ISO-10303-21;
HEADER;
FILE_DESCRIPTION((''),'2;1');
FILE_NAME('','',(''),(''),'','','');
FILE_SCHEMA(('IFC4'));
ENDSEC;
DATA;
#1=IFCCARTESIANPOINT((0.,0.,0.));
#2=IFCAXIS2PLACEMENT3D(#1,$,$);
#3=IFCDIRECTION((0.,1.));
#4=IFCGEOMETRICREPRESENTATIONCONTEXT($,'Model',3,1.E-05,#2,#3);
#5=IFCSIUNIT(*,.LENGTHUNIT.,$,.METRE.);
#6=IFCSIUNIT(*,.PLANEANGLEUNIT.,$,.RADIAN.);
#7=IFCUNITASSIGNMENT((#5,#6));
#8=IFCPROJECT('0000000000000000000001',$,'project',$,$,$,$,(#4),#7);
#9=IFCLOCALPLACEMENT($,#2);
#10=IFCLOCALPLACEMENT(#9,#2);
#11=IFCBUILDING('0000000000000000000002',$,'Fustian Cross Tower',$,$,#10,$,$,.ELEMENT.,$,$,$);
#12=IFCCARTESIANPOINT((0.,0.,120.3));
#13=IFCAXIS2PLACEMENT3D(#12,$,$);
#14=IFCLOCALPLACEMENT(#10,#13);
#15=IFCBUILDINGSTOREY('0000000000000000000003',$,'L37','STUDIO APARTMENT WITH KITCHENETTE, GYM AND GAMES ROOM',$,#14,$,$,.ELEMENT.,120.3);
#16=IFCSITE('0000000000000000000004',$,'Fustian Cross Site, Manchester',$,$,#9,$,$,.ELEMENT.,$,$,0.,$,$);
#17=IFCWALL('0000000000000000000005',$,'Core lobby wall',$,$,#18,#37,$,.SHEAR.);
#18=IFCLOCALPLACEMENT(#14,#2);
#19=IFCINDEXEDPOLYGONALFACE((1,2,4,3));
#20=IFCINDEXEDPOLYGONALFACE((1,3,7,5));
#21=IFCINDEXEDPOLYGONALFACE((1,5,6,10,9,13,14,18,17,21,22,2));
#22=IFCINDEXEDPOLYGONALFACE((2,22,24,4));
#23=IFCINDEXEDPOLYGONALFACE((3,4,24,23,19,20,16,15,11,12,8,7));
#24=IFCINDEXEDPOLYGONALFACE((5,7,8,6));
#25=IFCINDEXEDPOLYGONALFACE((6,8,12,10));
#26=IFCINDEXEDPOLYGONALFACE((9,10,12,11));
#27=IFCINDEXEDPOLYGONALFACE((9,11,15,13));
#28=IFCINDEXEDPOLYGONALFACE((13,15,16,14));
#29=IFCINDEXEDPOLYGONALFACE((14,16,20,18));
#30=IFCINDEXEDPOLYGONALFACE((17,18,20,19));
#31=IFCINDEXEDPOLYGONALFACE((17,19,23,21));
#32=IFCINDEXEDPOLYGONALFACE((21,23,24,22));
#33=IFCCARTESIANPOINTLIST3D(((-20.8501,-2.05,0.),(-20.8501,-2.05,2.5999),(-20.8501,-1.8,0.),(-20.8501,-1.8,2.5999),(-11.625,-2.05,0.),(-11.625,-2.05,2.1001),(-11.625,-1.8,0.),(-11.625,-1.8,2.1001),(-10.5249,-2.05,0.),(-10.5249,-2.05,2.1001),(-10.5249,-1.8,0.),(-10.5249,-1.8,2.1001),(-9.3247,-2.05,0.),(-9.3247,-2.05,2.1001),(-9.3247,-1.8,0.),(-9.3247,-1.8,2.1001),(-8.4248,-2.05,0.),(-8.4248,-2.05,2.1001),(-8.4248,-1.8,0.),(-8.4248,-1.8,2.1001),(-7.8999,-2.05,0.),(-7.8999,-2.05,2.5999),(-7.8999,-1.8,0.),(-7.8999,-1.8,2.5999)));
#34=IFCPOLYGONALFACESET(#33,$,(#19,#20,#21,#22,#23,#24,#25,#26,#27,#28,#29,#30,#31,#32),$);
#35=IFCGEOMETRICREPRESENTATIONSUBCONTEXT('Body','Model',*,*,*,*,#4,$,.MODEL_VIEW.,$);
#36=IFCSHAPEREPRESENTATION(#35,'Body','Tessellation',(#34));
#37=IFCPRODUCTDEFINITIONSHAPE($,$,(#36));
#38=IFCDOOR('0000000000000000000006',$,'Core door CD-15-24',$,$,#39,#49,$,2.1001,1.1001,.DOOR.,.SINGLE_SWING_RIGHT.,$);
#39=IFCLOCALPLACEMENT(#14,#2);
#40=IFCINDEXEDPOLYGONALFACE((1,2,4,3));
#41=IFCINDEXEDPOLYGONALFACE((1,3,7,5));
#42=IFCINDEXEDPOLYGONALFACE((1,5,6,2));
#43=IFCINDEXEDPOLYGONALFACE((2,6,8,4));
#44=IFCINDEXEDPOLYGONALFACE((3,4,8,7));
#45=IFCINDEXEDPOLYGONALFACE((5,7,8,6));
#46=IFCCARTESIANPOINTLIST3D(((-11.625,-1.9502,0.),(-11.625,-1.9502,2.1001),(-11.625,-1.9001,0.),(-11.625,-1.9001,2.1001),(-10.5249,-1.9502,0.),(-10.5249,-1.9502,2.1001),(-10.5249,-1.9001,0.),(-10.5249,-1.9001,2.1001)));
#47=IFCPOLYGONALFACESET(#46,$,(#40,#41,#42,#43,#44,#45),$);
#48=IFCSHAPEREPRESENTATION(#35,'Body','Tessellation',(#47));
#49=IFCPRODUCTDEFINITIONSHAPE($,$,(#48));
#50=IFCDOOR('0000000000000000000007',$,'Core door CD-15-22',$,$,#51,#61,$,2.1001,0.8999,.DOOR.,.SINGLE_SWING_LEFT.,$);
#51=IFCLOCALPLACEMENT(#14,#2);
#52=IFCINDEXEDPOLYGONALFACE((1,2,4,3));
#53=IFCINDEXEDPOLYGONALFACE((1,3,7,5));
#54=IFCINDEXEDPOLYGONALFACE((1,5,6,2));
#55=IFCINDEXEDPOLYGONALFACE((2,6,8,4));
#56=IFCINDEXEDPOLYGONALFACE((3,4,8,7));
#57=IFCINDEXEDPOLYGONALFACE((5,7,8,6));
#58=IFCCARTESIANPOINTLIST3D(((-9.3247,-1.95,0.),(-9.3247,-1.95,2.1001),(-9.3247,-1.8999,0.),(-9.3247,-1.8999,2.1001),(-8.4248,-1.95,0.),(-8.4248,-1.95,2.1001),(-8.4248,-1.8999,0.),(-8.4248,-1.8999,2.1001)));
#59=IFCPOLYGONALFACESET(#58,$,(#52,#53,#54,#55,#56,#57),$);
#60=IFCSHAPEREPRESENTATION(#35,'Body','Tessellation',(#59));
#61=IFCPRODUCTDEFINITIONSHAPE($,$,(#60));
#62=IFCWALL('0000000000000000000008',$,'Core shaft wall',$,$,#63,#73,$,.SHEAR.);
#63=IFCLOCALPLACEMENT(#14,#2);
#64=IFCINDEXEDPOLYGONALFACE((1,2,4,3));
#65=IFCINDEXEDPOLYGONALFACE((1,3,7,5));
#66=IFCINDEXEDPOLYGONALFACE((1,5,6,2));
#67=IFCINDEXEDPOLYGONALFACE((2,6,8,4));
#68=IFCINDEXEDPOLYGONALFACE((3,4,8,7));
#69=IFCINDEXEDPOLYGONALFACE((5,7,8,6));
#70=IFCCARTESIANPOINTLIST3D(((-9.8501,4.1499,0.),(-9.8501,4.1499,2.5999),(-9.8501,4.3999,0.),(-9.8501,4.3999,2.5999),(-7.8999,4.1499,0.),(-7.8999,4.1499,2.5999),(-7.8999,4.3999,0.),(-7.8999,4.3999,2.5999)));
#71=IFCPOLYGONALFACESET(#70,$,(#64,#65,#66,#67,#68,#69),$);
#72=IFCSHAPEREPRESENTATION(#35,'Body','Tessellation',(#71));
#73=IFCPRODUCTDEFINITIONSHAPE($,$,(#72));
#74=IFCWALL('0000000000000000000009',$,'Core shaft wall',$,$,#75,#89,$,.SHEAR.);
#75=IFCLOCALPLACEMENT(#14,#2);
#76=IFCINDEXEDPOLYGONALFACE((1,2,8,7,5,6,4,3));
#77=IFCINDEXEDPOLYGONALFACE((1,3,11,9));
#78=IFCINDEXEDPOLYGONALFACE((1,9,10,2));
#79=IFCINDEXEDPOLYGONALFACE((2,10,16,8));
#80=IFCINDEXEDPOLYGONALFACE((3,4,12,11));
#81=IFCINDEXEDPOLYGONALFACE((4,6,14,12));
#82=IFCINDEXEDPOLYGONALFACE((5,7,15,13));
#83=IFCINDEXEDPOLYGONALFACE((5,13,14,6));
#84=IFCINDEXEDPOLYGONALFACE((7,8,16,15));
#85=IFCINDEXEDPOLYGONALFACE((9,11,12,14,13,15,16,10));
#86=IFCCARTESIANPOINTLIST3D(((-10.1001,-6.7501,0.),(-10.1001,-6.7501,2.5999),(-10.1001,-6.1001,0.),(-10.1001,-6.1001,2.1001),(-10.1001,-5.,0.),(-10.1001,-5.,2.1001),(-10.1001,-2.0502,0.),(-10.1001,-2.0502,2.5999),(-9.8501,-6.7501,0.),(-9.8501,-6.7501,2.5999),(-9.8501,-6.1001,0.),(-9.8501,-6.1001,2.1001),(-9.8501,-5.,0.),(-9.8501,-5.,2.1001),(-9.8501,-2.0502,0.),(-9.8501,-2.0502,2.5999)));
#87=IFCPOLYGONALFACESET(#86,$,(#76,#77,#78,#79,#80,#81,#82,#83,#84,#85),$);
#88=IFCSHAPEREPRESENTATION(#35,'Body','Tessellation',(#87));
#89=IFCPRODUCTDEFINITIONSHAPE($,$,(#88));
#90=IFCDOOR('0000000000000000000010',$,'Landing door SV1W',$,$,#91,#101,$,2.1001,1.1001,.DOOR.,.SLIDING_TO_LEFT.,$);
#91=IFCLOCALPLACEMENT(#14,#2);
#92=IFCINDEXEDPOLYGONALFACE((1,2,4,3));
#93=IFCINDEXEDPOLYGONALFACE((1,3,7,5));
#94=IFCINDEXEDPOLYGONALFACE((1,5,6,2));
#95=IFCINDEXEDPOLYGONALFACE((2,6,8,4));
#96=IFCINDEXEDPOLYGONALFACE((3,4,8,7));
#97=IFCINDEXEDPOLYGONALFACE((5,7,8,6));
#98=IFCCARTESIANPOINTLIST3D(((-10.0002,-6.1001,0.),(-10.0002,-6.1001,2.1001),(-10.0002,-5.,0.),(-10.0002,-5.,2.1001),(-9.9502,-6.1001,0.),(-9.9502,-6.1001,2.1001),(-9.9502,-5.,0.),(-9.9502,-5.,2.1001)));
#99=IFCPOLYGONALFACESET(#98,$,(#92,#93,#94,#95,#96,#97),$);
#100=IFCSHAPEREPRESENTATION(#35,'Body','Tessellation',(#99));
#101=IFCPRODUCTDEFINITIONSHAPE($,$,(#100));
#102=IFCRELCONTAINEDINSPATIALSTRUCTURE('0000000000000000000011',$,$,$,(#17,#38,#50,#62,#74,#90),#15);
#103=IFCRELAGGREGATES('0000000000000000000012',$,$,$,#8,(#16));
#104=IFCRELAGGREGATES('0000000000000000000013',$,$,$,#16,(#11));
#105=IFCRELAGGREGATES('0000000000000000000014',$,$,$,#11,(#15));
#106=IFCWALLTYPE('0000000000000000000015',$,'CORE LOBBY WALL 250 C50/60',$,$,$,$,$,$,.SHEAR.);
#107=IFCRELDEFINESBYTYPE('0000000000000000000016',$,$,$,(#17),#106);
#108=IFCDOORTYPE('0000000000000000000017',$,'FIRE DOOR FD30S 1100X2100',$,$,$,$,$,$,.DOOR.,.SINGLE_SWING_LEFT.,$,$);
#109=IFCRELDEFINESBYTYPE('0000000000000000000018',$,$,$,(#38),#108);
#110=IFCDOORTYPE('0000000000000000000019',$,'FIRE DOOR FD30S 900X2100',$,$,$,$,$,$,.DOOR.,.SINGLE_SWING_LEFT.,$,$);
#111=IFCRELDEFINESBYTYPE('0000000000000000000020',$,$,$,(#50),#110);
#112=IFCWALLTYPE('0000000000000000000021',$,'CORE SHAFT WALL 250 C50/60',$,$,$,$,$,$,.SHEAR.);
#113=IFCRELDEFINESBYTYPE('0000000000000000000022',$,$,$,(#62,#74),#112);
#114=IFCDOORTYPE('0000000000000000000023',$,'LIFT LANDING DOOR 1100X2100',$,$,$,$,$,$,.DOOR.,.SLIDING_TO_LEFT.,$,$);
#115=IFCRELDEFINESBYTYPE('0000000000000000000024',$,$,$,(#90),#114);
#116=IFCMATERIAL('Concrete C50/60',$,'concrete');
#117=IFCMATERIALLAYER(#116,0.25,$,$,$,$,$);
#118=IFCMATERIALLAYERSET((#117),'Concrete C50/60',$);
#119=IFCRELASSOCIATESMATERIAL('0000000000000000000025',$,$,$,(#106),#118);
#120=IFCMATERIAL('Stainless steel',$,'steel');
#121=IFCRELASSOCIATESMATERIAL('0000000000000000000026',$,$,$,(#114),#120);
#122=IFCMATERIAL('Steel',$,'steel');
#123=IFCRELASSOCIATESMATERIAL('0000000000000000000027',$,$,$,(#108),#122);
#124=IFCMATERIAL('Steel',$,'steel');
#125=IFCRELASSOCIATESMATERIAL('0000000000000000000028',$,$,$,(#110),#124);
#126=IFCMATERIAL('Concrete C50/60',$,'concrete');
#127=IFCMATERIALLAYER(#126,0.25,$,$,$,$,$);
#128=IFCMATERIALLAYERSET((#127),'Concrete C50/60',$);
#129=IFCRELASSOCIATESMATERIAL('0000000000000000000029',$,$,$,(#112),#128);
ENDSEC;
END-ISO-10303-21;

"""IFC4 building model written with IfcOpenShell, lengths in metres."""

from ifc_helpers import new_model, si_unit, direction, frame, frame_2d, origin, place, context, subcontext, project, spatial, rectangle, extrude, material, layer, layer_set, type_object, element, fill, save


model = new_model("IFC4")

# Units and contexts
model_context = context("Model", 3, precision=1e-05, world=origin(), true_north=direction((0.0, 1.0)))
body_context = subcontext(model_context, "Body", "Model", "MODEL_VIEW")
ifc_project = project(units=[si_unit("LENGTHUNIT", "METRE"), si_unit("PLANEANGLEUNIT", "RADIAN")], contexts=[model_context])

# Site, building, storey
site_placement = place(None, origin())
site = spatial("IfcSite", under=ifc_project, at=site_placement, Name="Fustian Cross Site, Manchester", CompositionType="ELEMENT", RefElevation=0.0)
building_placement = place(site_placement, origin())
building = spatial("IfcBuilding", under=site, at=building_placement, Name="Fustian Cross Tower", CompositionType="ELEMENT")
storey_placement = place(building_placement, frame((0.0, 0.0, 120.3)))
storey = spatial("IfcBuildingStorey", under=building, at=storey_placement, Name="L37", Description="STUDIO APARTMENT WITH KITCHENETTE, GYM AND GAMES ROOM", CompositionType="ELEMENT", Elevation=120.3)

# Wall, openings, doors
ifc_material_1 = material(Name="Concrete C50/60", Category="concrete")
ifc_layer_1 = layer(ifc_material_1, 0.25)
ifc_layer_set_1 = layer_set([ifc_layer_1], Name="Concrete C50/60")
wall_type_1 = type_object("IfcWallType", Name="CORE LOBBY WALL 250 C50/60", PredefinedType="SHEAR", material=ifc_layer_set_1)
ifc_material_2 = material(Name="Stainless steel", Category="steel")
door_type_1 = type_object("IfcDoorType", Name="LIFT LANDING DOOR 1100X2100", OperationType="SLIDING_TO_LEFT", PredefinedType="DOOR", material=ifc_material_2)
wall_1_placement = place(storey_placement, frame((-7.8999, -1.925, 0.0), z_axis=(0.0, 0.0, 1.0), x_axis=(-1.0, 0.0, 0.0)))
wall_1 = element("IfcWall", 1, at=wall_1_placement, inside=storey, type_object=wall_type_1, Name="Core lobby wall", PredefinedType="SHEAR", context=body_context, shape_type="SweptSolid", body=[
    extrude(rectangle(XDim=12.9502, YDim=0.25, at=frame_2d((6.4751, 0.0))), origin(), (0.0, 0.0, 1.0), 2.5999),
])
opening_1_placement = place(wall_1_placement, frame((0.5249, 0.0, 0.0)))
opening_1 = element("IfcOpeningElement", 2, at=opening_1_placement, cuts=wall_1, PredefinedType="OPENING", context=body_context, shape_type="SweptSolid", body=[
    extrude(rectangle(XDim=0.8999, YDim=2.1001, at=frame_2d((0.45, 1.05))), frame((0.0, 0.135, 0.0), z_axis=(0.0, -1.0, 0.0), x_axis=(1.0, 0.0, 0.0)), (0.0, 0.0, 1.0), 0.27),
])
opening_2_placement = place(wall_1_placement, frame((2.625, 0.0, 0.0)))
opening_2 = element("IfcOpeningElement", 3, at=opening_2_placement, cuts=wall_1, PredefinedType="OPENING", context=body_context, shape_type="SweptSolid", body=[
    extrude(rectangle(XDim=1.1001, YDim=2.1001, at=frame_2d((0.55, 1.05))), frame((0.0, 0.135, 0.0), z_axis=(0.0, -1.0, 0.0), x_axis=(1.0, 0.0, 0.0)), (0.0, 0.0, 1.0), 0.27),
])
ifc_material_3 = material(Name="Steel", Category="steel")
door_type_2 = type_object("IfcDoorType", Name="FIRE DOOR FD30S 1100X2100", OperationType="SINGLE_SWING_LEFT", PredefinedType="DOOR", material=ifc_material_3)
door_1_placement = place(opening_2_placement, frame((1.1001, 0.0, 0.0), z_axis=(0.0, 0.0, 1.0), x_axis=(-1.0, 0.0, 0.0)))
door_1 = element("IfcDoor", 4, at=door_1_placement, inside=storey, type_object=door_type_2, Name="Core door CD-15-24", OperationType="SINGLE_SWING_RIGHT", OverallHeight=2.1001, OverallWidth=1.1001, PredefinedType="DOOR", context=body_context, shape_type="SweptSolid", body=[
    extrude(rectangle(XDim=1.1001, YDim=2.1001, at=frame_2d((0.55, 1.05))), frame((0.0, 0.0249, 0.0), z_axis=(0.0, -1.0, 0.0), x_axis=(1.0, 0.0, 0.0)), (0.0, 0.0, 1.0), 0.05),
])
fill(opening_2, door_1)
ifc_material_4 = material(Name="Steel", Category="steel")
door_type_3 = type_object("IfcDoorType", Name="FIRE DOOR FD30S 900X2100", OperationType="SINGLE_SWING_LEFT", PredefinedType="DOOR", material=ifc_material_4)
door_2_placement = place(opening_1_placement, origin())
door_2 = element("IfcDoor", 5, at=door_2_placement, inside=storey, type_object=door_type_3, Name="Core door CD-15-22", OperationType="SINGLE_SWING_LEFT", OverallHeight=2.1001, OverallWidth=0.8999, PredefinedType="DOOR", context=body_context, shape_type="SweptSolid", body=[
    extrude(rectangle(XDim=0.8999, YDim=2.1001, at=frame_2d((0.45, 1.05))), frame((0.0, 0.0249, 0.0), z_axis=(0.0, -1.0, 0.0), x_axis=(1.0, 0.0, 0.0)), (0.0, 0.0, 1.0), 0.05),
])
fill(opening_1, door_2)

# Wall
ifc_material_5 = material(Name="Concrete C50/60", Category="concrete")
ifc_layer_2 = layer(ifc_material_5, 0.25)
ifc_layer_set_2 = layer_set([ifc_layer_2], Name="Concrete C50/60")
wall_type_2 = type_object("IfcWallType", Name="CORE SHAFT WALL 250 C50/60", PredefinedType="SHEAR", material=ifc_layer_set_2)
wall_2_placement = place(storey_placement, frame((-7.8999, 4.2749, 0.0), z_axis=(0.0, 0.0, 1.0), x_axis=(-1.0, 0.0, 0.0)))
element("IfcWall", 6, at=wall_2_placement, inside=storey, type_object=wall_type_2, Name="Core shaft wall", PredefinedType="SHEAR", context=body_context, shape_type="SweptSolid", body=[
    extrude(rectangle(XDim=1.9502, YDim=0.25, at=frame_2d((0.9751, 0.0))), origin(), (0.0, 0.0, 1.0), 2.5999),
])

# Wall, opening, door
wall_3_placement = place(storey_placement, frame((-9.9751, -2.05, 0.0), z_axis=(0.0, 0.0, 1.0), x_axis=(0.0, -1.0, 0.0)))
wall_3 = element("IfcWall", 7, at=wall_3_placement, inside=storey, type_object=wall_type_2, Name="Core shaft wall", PredefinedType="SHEAR", context=body_context, shape_type="SweptSolid", body=[
    extrude(rectangle(XDim=4.7, YDim=0.25, at=frame_2d((2.3501, 0.0))), origin(), (0.0, 0.0, 1.0), 2.5999),
])
opening_3_placement = place(wall_3_placement, frame((2.95, 0.0, 0.0)))
opening_3 = element("IfcOpeningElement", 8, at=opening_3_placement, cuts=wall_3, PredefinedType="OPENING", context=body_context, shape_type="SweptSolid", body=[
    extrude(rectangle(XDim=1.1001, YDim=2.1001, at=frame_2d((0.55, 1.05))), frame((0.0, 0.135, 0.0), z_axis=(0.0, -1.0, 0.0), x_axis=(1.0, 0.0, 0.0)), (0.0, 0.0, 1.0), 0.27),
])
door_3_placement = place(opening_3_placement, origin())
door_3 = element("IfcDoor", 9, at=door_3_placement, inside=storey, type_object=door_type_1, Name="Landing door SV1W", OperationType="SLIDING_TO_LEFT", OverallHeight=2.1001, OverallWidth=1.1001, PredefinedType="DOOR", context=body_context, shape_type="SweptSolid", body=[
    extrude(rectangle(XDim=1.1001, YDim=2.1001, at=frame_2d((0.55, 1.05))), frame((0.0, 0.0249, 0.0), z_axis=(0.0, -1.0, 0.0), x_axis=(1.0, 0.0, 0.0)), (0.0, 0.0, 1.0), 0.05),
])
fill(opening_3, door_3)

save(model, "model.ifc")
